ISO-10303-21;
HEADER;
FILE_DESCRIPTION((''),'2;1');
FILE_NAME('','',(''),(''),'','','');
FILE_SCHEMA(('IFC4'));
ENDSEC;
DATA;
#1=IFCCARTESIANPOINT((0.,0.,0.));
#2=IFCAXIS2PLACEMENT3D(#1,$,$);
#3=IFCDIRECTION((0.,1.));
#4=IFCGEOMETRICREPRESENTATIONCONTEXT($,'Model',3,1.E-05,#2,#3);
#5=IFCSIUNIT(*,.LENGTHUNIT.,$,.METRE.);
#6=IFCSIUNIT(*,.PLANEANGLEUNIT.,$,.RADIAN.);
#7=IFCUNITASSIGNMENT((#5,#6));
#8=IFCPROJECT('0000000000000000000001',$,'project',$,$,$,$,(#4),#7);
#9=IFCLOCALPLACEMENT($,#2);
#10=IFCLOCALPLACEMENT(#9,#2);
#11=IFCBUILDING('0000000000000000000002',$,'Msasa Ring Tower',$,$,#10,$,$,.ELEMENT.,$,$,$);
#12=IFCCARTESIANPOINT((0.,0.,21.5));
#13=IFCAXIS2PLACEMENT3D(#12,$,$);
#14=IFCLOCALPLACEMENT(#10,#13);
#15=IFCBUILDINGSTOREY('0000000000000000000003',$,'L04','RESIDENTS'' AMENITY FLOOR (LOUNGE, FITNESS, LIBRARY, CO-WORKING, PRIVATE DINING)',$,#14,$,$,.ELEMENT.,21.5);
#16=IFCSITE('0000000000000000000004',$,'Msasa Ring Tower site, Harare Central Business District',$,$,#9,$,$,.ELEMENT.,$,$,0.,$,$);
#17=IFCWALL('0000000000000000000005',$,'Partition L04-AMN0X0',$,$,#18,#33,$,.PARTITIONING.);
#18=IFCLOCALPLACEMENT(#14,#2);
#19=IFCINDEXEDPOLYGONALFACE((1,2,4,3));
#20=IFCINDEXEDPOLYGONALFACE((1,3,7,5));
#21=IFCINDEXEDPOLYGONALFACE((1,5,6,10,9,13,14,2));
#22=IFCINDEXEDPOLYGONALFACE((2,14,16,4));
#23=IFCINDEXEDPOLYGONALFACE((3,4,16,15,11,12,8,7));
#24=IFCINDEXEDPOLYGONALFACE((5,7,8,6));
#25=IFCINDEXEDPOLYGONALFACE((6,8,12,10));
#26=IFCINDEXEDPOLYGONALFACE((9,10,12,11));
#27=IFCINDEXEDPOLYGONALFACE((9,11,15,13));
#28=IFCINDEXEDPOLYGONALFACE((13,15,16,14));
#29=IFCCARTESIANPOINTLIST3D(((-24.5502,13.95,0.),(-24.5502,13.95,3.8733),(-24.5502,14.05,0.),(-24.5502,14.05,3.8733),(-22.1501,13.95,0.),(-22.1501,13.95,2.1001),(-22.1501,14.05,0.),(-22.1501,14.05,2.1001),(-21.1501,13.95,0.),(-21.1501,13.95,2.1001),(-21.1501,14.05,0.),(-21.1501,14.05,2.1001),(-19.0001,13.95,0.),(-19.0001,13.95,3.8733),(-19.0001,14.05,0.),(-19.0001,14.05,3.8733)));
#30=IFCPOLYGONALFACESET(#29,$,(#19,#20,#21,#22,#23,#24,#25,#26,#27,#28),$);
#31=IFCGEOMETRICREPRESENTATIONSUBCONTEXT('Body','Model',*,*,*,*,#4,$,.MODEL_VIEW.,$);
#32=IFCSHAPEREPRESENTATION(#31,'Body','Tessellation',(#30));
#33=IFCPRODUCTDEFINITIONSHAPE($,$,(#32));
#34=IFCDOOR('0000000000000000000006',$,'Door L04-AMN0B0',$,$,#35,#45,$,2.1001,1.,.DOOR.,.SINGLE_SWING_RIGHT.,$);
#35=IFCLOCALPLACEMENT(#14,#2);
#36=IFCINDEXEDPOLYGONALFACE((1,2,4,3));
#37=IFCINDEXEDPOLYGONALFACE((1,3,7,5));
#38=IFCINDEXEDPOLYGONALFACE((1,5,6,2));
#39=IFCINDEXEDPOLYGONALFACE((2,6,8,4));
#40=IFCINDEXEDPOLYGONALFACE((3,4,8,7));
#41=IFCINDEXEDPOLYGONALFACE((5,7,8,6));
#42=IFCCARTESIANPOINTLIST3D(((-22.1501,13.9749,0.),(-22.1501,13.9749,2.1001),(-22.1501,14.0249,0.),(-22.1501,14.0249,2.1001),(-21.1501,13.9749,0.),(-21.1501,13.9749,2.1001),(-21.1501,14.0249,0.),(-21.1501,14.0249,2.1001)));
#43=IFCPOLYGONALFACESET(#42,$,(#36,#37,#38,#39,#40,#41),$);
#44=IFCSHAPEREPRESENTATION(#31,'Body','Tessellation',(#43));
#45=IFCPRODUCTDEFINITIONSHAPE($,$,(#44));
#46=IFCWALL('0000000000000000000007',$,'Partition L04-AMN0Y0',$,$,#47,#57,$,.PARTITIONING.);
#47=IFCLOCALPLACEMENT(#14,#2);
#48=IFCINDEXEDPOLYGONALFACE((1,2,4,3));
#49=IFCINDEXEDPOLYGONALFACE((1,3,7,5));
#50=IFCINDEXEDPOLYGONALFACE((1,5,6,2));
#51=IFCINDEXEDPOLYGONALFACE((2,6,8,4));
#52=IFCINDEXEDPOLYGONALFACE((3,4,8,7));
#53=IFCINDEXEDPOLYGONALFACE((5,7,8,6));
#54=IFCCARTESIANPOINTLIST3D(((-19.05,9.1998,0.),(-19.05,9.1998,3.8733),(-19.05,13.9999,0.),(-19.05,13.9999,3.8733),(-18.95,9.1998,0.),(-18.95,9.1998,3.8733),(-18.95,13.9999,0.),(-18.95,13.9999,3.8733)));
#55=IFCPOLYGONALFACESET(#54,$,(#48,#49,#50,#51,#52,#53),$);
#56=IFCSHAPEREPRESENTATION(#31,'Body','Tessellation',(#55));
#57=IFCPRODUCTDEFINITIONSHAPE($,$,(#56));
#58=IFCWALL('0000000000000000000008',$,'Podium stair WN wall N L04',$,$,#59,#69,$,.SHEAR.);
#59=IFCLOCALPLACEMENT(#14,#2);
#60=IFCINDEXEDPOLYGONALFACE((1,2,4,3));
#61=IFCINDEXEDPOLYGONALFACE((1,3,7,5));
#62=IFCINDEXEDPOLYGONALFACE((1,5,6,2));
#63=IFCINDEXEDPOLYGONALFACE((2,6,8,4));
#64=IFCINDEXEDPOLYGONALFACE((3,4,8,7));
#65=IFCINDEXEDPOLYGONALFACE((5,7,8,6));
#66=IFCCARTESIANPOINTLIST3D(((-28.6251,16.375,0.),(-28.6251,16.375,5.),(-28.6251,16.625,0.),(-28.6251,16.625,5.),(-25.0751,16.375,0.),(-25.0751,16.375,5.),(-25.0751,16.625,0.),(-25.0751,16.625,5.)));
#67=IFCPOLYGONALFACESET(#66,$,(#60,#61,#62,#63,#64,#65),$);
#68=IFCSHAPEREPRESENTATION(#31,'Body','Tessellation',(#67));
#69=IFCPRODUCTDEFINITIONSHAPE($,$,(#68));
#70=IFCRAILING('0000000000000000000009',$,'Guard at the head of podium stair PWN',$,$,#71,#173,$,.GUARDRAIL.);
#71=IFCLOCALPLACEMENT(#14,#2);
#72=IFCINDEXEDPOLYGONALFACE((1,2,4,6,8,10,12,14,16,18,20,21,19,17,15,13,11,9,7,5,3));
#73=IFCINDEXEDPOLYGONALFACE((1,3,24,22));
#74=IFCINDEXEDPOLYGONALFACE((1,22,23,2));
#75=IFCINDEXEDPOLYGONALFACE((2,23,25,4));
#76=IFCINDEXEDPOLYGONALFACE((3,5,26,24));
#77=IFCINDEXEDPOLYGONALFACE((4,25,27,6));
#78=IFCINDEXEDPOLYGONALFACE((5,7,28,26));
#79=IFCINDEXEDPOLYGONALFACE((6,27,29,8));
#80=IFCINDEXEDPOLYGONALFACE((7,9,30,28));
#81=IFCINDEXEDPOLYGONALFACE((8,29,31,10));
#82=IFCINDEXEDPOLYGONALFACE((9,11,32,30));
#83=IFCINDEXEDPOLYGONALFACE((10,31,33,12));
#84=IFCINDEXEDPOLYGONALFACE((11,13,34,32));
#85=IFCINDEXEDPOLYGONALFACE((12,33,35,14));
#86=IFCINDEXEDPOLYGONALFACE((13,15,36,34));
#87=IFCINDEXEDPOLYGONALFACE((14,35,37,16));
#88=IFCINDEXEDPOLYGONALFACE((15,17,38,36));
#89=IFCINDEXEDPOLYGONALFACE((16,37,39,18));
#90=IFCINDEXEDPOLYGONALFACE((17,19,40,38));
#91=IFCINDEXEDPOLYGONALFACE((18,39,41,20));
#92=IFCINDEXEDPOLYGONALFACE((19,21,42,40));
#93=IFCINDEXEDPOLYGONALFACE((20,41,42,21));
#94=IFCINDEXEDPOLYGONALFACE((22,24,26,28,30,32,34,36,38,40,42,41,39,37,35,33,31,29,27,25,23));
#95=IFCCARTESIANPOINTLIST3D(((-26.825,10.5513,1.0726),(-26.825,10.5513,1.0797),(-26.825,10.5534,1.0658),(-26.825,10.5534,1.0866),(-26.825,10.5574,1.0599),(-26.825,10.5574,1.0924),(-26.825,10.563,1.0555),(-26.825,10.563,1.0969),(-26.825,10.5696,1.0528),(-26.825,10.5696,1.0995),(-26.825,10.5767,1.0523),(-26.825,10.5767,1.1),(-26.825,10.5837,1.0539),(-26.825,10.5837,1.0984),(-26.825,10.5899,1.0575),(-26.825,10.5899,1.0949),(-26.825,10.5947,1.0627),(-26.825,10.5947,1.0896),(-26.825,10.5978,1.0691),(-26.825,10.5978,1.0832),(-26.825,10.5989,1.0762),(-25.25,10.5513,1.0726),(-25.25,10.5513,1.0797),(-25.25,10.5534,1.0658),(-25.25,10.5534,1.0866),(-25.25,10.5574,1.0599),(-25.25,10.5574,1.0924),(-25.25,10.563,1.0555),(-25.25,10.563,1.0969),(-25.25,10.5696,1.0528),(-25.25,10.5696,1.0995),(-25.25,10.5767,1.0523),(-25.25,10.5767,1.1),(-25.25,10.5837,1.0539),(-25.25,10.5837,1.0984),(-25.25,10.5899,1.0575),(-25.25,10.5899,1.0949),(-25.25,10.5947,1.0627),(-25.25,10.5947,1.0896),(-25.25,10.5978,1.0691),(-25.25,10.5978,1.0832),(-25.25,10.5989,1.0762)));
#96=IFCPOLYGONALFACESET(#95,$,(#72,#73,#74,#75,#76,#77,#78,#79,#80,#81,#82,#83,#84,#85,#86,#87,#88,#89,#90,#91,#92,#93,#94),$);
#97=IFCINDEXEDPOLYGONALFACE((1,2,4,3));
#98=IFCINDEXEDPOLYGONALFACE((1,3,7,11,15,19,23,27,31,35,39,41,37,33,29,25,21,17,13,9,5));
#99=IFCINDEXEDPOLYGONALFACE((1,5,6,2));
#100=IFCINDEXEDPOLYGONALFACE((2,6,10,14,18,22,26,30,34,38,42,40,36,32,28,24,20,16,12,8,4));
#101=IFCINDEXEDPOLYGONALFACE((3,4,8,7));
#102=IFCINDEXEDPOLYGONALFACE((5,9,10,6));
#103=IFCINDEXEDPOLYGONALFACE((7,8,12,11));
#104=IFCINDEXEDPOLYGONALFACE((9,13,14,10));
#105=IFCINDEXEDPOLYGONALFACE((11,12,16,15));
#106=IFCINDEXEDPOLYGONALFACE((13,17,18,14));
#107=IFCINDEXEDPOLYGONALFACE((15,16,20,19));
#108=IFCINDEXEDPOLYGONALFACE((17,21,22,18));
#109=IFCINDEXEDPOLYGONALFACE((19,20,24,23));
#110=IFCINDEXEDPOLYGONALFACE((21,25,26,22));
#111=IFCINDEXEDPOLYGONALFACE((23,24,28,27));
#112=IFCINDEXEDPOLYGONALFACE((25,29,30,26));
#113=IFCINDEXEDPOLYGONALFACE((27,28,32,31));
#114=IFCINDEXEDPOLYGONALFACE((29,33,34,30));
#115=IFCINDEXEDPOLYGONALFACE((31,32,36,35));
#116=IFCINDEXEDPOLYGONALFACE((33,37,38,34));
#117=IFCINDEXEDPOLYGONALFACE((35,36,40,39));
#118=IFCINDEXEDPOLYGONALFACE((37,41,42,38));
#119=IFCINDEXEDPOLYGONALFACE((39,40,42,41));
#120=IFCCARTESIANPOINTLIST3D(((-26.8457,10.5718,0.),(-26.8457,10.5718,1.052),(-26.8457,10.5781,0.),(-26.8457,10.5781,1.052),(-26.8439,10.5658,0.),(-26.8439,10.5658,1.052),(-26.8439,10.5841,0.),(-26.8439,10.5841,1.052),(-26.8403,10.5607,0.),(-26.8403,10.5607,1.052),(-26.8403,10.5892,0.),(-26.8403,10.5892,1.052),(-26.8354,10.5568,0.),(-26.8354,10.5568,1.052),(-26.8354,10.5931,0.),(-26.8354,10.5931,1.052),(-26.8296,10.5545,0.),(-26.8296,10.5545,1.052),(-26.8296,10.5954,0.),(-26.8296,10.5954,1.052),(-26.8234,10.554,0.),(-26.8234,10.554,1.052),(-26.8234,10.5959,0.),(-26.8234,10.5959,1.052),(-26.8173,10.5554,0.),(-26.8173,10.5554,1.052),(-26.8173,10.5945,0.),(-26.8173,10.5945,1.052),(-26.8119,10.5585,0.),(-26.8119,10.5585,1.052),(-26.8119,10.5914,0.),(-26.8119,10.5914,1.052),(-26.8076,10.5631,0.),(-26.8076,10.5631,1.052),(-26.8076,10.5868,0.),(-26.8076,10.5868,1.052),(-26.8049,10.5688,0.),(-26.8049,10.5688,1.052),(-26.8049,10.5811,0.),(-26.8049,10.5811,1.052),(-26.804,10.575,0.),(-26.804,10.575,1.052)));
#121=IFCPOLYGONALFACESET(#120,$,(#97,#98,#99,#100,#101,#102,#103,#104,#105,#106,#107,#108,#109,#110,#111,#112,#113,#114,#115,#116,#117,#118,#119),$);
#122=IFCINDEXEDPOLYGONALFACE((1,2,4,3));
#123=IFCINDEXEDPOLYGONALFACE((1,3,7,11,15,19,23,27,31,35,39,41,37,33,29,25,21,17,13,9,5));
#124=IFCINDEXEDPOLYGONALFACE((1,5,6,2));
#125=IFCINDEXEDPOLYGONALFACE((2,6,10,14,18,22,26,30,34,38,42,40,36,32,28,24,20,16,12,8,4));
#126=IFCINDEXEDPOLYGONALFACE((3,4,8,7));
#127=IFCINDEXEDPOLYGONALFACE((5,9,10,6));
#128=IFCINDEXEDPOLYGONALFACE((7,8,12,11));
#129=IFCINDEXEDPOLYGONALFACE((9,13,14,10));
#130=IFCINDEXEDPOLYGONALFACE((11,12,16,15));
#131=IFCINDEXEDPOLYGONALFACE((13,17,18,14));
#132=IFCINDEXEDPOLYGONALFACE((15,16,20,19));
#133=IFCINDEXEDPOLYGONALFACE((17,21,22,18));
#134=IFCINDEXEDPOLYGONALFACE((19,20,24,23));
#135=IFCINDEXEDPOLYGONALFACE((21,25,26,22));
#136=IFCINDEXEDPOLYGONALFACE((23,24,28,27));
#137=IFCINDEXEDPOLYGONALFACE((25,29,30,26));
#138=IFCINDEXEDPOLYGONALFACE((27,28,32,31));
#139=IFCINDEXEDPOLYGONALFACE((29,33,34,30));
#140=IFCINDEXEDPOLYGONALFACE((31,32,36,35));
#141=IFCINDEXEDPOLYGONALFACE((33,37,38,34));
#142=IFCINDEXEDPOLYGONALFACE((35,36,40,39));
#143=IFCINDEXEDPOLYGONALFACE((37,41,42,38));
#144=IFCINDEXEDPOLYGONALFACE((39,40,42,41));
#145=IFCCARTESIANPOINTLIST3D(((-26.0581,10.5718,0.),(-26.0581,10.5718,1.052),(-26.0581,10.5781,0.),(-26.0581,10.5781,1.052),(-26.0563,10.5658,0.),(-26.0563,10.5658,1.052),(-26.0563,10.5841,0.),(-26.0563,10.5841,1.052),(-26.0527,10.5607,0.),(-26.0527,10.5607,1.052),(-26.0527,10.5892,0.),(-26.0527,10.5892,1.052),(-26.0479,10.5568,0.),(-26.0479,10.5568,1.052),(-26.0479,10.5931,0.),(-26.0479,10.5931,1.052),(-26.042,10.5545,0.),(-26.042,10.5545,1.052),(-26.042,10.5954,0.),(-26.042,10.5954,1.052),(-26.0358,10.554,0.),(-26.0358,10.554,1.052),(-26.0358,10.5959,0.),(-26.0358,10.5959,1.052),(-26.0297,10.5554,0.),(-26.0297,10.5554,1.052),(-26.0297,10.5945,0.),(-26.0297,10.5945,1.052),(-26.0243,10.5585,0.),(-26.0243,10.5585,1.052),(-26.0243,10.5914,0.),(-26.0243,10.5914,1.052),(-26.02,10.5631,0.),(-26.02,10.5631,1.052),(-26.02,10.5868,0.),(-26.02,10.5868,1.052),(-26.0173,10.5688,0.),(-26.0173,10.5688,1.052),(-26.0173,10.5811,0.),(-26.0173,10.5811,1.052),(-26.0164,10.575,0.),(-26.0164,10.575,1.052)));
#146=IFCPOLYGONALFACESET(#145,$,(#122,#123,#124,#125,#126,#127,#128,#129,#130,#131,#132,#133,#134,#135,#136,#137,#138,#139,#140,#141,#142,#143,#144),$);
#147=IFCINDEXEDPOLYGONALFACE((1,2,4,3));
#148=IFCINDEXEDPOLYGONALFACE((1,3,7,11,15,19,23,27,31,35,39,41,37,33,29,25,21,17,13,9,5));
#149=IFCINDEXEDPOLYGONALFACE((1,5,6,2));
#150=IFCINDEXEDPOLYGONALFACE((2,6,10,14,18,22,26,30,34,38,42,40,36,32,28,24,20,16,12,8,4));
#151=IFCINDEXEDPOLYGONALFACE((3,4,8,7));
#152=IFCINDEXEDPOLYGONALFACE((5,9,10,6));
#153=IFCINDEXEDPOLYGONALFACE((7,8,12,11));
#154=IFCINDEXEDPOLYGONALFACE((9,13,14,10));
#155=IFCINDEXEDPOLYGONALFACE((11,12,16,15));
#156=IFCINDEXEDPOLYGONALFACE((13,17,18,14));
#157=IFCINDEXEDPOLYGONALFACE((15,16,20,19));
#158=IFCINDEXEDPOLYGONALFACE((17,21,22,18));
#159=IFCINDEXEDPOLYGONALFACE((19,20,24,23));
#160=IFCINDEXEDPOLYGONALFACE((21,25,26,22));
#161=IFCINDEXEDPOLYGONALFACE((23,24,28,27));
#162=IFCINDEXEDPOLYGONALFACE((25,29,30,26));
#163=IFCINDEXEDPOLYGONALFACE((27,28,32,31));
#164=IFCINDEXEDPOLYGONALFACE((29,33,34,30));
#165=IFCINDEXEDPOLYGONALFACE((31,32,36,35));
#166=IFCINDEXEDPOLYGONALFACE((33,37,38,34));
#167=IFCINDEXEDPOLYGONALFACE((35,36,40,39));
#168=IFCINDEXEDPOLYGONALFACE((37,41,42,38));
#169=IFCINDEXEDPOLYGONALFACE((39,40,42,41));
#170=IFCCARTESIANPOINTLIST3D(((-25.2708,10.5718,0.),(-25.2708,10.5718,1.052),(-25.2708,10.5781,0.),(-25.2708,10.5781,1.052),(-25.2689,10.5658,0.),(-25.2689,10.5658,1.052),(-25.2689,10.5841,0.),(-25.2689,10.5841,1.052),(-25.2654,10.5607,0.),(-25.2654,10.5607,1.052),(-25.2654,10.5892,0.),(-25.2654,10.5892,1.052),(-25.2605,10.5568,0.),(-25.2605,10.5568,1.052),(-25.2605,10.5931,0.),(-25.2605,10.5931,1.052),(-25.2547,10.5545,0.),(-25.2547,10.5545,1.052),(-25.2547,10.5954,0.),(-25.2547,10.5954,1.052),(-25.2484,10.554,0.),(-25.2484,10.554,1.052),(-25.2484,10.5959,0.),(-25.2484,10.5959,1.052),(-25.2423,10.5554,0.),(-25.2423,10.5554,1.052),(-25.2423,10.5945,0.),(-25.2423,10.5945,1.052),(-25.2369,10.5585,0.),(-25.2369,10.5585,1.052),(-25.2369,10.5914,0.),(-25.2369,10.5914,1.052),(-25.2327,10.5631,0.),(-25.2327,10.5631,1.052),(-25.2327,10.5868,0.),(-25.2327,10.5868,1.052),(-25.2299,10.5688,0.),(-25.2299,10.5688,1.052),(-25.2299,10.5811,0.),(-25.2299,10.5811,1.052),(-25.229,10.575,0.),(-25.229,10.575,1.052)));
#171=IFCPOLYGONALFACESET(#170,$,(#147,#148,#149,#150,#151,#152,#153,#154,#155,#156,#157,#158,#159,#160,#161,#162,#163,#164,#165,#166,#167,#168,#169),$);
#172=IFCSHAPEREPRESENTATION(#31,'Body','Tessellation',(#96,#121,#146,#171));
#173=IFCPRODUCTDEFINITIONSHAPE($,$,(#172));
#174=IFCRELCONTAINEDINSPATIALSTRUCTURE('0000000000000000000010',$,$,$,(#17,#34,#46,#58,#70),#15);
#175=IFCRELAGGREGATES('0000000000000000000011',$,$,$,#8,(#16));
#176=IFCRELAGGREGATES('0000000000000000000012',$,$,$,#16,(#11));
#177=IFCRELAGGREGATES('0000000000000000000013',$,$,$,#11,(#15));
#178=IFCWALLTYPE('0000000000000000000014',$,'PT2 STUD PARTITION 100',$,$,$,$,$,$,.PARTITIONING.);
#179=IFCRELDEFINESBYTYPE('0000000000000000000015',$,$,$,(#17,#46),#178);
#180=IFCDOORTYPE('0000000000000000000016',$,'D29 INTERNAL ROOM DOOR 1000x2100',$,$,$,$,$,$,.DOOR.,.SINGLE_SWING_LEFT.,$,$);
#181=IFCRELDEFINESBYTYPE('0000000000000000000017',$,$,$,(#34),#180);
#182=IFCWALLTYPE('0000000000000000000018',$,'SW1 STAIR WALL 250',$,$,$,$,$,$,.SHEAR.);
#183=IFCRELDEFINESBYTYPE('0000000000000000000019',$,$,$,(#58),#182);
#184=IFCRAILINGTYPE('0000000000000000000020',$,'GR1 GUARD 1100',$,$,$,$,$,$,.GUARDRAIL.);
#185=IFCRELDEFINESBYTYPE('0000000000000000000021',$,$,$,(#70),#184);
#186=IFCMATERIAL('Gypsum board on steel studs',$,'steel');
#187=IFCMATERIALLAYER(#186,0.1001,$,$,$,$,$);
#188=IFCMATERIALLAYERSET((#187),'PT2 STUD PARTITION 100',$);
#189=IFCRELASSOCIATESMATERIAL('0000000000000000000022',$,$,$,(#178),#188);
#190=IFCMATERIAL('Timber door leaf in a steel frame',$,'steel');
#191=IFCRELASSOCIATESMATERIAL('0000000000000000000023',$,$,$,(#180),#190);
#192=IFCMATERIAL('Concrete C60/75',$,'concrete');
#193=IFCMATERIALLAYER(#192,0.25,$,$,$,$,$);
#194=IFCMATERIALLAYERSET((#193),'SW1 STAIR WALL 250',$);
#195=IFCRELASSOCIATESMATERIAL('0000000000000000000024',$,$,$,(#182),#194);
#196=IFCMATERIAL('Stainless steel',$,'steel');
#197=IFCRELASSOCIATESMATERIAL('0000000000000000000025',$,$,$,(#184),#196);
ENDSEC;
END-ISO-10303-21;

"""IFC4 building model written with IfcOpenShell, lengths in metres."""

from ifc_helpers import new_model, si_unit, direction, frame, frame_2d, origin, origin_2d, place, context, subcontext, project, spatial, rectangle, circle, extrude, material, layer, layer_set, type_object, element, fill, save


model = new_model("IFC4")

# Units and contexts
model_context = context("Model", 3, precision=1e-05, world=origin(), true_north=direction((0.0, 1.0)))
body_context = subcontext(model_context, "Body", "Model", "MODEL_VIEW")
ifc_project = project(units=[si_unit("LENGTHUNIT", "METRE"), si_unit("PLANEANGLEUNIT", "RADIAN")], contexts=[model_context])

# Site, building, storey
site_placement = place(None, origin())
site = spatial("IfcSite", under=ifc_project, at=site_placement, Name="Msasa Ring Tower site, Harare Central Business District", CompositionType="ELEMENT", RefElevation=0.0)
building_placement = place(site_placement, origin())
building = spatial("IfcBuilding", under=site, at=building_placement, Name="Msasa Ring Tower", CompositionType="ELEMENT")
storey_placement = place(building_placement, frame((0.0, 0.0, 21.5)))
storey = spatial("IfcBuildingStorey", under=building, at=storey_placement, Name="L04", Description="RESIDENTS' AMENITY FLOOR (LOUNGE, FITNESS, LIBRARY, CO-WORKING, PRIVATE DINING)", CompositionType="ELEMENT", Elevation=21.5)

# Wall, opening, door
ifc_material_1 = material(Name="Gypsum board on steel studs", Category="steel")
ifc_layer_1 = layer(ifc_material_1, 0.1001)
ifc_layer_set_1 = layer_set([ifc_layer_1], Name="PT2 STUD PARTITION 100")
wall_type_1 = type_object("IfcWallType", Name="PT2 STUD PARTITION 100", PredefinedType="PARTITIONING", material=ifc_layer_set_1)
wall_1_placement = place(storey_placement, frame((-24.55, 14.0, 0.0), z_axis=(0.0, 0.0, 1.0), x_axis=(1.0, 0.0, 0.0)))
wall_1 = element("IfcWall", 1, at=wall_1_placement, inside=storey, type_object=wall_type_1, Name="Partition L04-AMN0X0", PredefinedType="PARTITIONING", context=body_context, shape_type="SweptSolid", body=[
    extrude(rectangle(XDim=5.55, YDim=0.1001, at=frame_2d((2.7749, 0.0))), origin(), (0.0, 0.0, 1.0), 3.8733),
])
opening_1_placement = place(wall_1_placement, frame((2.3999, 0.0, 0.0)))
opening_1 = element("IfcOpeningElement", 2, at=opening_1_placement, cuts=wall_1, PredefinedType="OPENING", context=body_context, shape_type="SweptSolid", body=[
    extrude(rectangle(XDim=1.0, YDim=2.1001, at=frame_2d((0.5, 1.05))), frame((0.0, 0.0601, 0.0), z_axis=(0.0, -1.0, 0.0), x_axis=(1.0, 0.0, 0.0)), (0.0, 0.0, 1.0), 0.1201),
])
ifc_material_2 = material(Name="Timber door leaf in a steel frame", Category="steel")
door_type = type_object("IfcDoorType", Name="D29 INTERNAL ROOM DOOR 1000x2100", OperationType="SINGLE_SWING_LEFT", PredefinedType="DOOR", material=ifc_material_2)
door_placement = place(opening_1_placement, origin())
door = element("IfcDoor", 3, at=door_placement, inside=storey, type_object=door_type, Name="Door L04-AMN0B0", OperationType="SINGLE_SWING_RIGHT", OverallHeight=2.1001, OverallWidth=1.0, PredefinedType="DOOR", context=body_context, shape_type="SweptSolid", body=[
    extrude(rectangle(XDim=1.0, YDim=2.1001, at=frame_2d((0.5, 1.05))), frame((0.0, 0.0249, 0.0), z_axis=(0.0, -1.0, 0.0), x_axis=(1.0, 0.0, 0.0)), (0.0, 0.0, 1.0), 0.05),
])
fill(opening_1, door)

# Walls
wall_2_placement = place(storey_placement, frame((-19.0, 9.2, 0.0), z_axis=(0.0, 0.0, 1.0), x_axis=(0.0, 1.0, 0.0)))
element("IfcWall", 4, at=wall_2_placement, inside=storey, type_object=wall_type_1, Name="Partition L04-AMN0Y0", PredefinedType="PARTITIONING", context=body_context, shape_type="SweptSolid", body=[
    extrude(rectangle(XDim=4.8, YDim=0.1001, at=frame_2d((2.3999, 0.0))), origin(), (0.0, 0.0, 1.0), 3.8733),
])
ifc_material_3 = material(Name="Concrete C60/75", Category="concrete")
ifc_layer_2 = layer(ifc_material_3, 0.25)
ifc_layer_set_2 = layer_set([ifc_layer_2], Name="SW1 STAIR WALL 250")
wall_type_2 = type_object("IfcWallType", Name="SW1 STAIR WALL 250", PredefinedType="SHEAR", material=ifc_layer_set_2)
wall_3_placement = place(storey_placement, frame((-28.625, 16.5, 0.0), z_axis=(0.0, 0.0, 1.0), x_axis=(1.0, 0.0, 0.0)))
element("IfcWall", 5, at=wall_3_placement, inside=storey, type_object=wall_type_2, Name="Podium stair WN wall N L04", PredefinedType="SHEAR", context=body_context, shape_type="SweptSolid", body=[
    extrude(rectangle(XDim=3.55, YDim=0.25, at=frame_2d((1.7749, 0.0))), origin(), (0.0, 0.0, 1.0), 5.0),
])

# Railing
ifc_material_4 = material(Name="Stainless steel", Category="steel")
railing_type = type_object("IfcRailingType", Name="GR1 GUARD 1100", PredefinedType="GUARDRAIL", material=ifc_material_4)
railing_placement = place(storey_placement, frame((-26.825, 10.575, 0.0)))
element("IfcRailing", 6, at=railing_placement, inside=storey, type_object=railing_type, Name="Guard at the head of podium stair PWN", PredefinedType="GUARDRAIL", context=body_context, shape_type="SweptSolid", body=[
    extrude(circle(Radius=0.0239, at=origin_2d()), frame((0.0, 0.0, 1.0762), z_axis=(1.0, 0.0, 0.0), x_axis=(0.0, 1.0, 0.0)), (0.0, 0.0, 1.0), 1.575),
    extrude(circle(Radius=0.021, at=origin_2d()), origin(), (0.0, 0.0, 1.0), 1.052),
    extrude(circle(Radius=0.021, at=origin_2d()), frame((0.7876, 0.0, 0.0)), (0.0, 0.0, 1.0), 1.052),
    extrude(circle(Radius=0.021, at=origin_2d()), frame((1.575, 0.0, 0.0)), (0.0, 0.0, 1.0), 1.052),
])

save(model, "model.ifc")
